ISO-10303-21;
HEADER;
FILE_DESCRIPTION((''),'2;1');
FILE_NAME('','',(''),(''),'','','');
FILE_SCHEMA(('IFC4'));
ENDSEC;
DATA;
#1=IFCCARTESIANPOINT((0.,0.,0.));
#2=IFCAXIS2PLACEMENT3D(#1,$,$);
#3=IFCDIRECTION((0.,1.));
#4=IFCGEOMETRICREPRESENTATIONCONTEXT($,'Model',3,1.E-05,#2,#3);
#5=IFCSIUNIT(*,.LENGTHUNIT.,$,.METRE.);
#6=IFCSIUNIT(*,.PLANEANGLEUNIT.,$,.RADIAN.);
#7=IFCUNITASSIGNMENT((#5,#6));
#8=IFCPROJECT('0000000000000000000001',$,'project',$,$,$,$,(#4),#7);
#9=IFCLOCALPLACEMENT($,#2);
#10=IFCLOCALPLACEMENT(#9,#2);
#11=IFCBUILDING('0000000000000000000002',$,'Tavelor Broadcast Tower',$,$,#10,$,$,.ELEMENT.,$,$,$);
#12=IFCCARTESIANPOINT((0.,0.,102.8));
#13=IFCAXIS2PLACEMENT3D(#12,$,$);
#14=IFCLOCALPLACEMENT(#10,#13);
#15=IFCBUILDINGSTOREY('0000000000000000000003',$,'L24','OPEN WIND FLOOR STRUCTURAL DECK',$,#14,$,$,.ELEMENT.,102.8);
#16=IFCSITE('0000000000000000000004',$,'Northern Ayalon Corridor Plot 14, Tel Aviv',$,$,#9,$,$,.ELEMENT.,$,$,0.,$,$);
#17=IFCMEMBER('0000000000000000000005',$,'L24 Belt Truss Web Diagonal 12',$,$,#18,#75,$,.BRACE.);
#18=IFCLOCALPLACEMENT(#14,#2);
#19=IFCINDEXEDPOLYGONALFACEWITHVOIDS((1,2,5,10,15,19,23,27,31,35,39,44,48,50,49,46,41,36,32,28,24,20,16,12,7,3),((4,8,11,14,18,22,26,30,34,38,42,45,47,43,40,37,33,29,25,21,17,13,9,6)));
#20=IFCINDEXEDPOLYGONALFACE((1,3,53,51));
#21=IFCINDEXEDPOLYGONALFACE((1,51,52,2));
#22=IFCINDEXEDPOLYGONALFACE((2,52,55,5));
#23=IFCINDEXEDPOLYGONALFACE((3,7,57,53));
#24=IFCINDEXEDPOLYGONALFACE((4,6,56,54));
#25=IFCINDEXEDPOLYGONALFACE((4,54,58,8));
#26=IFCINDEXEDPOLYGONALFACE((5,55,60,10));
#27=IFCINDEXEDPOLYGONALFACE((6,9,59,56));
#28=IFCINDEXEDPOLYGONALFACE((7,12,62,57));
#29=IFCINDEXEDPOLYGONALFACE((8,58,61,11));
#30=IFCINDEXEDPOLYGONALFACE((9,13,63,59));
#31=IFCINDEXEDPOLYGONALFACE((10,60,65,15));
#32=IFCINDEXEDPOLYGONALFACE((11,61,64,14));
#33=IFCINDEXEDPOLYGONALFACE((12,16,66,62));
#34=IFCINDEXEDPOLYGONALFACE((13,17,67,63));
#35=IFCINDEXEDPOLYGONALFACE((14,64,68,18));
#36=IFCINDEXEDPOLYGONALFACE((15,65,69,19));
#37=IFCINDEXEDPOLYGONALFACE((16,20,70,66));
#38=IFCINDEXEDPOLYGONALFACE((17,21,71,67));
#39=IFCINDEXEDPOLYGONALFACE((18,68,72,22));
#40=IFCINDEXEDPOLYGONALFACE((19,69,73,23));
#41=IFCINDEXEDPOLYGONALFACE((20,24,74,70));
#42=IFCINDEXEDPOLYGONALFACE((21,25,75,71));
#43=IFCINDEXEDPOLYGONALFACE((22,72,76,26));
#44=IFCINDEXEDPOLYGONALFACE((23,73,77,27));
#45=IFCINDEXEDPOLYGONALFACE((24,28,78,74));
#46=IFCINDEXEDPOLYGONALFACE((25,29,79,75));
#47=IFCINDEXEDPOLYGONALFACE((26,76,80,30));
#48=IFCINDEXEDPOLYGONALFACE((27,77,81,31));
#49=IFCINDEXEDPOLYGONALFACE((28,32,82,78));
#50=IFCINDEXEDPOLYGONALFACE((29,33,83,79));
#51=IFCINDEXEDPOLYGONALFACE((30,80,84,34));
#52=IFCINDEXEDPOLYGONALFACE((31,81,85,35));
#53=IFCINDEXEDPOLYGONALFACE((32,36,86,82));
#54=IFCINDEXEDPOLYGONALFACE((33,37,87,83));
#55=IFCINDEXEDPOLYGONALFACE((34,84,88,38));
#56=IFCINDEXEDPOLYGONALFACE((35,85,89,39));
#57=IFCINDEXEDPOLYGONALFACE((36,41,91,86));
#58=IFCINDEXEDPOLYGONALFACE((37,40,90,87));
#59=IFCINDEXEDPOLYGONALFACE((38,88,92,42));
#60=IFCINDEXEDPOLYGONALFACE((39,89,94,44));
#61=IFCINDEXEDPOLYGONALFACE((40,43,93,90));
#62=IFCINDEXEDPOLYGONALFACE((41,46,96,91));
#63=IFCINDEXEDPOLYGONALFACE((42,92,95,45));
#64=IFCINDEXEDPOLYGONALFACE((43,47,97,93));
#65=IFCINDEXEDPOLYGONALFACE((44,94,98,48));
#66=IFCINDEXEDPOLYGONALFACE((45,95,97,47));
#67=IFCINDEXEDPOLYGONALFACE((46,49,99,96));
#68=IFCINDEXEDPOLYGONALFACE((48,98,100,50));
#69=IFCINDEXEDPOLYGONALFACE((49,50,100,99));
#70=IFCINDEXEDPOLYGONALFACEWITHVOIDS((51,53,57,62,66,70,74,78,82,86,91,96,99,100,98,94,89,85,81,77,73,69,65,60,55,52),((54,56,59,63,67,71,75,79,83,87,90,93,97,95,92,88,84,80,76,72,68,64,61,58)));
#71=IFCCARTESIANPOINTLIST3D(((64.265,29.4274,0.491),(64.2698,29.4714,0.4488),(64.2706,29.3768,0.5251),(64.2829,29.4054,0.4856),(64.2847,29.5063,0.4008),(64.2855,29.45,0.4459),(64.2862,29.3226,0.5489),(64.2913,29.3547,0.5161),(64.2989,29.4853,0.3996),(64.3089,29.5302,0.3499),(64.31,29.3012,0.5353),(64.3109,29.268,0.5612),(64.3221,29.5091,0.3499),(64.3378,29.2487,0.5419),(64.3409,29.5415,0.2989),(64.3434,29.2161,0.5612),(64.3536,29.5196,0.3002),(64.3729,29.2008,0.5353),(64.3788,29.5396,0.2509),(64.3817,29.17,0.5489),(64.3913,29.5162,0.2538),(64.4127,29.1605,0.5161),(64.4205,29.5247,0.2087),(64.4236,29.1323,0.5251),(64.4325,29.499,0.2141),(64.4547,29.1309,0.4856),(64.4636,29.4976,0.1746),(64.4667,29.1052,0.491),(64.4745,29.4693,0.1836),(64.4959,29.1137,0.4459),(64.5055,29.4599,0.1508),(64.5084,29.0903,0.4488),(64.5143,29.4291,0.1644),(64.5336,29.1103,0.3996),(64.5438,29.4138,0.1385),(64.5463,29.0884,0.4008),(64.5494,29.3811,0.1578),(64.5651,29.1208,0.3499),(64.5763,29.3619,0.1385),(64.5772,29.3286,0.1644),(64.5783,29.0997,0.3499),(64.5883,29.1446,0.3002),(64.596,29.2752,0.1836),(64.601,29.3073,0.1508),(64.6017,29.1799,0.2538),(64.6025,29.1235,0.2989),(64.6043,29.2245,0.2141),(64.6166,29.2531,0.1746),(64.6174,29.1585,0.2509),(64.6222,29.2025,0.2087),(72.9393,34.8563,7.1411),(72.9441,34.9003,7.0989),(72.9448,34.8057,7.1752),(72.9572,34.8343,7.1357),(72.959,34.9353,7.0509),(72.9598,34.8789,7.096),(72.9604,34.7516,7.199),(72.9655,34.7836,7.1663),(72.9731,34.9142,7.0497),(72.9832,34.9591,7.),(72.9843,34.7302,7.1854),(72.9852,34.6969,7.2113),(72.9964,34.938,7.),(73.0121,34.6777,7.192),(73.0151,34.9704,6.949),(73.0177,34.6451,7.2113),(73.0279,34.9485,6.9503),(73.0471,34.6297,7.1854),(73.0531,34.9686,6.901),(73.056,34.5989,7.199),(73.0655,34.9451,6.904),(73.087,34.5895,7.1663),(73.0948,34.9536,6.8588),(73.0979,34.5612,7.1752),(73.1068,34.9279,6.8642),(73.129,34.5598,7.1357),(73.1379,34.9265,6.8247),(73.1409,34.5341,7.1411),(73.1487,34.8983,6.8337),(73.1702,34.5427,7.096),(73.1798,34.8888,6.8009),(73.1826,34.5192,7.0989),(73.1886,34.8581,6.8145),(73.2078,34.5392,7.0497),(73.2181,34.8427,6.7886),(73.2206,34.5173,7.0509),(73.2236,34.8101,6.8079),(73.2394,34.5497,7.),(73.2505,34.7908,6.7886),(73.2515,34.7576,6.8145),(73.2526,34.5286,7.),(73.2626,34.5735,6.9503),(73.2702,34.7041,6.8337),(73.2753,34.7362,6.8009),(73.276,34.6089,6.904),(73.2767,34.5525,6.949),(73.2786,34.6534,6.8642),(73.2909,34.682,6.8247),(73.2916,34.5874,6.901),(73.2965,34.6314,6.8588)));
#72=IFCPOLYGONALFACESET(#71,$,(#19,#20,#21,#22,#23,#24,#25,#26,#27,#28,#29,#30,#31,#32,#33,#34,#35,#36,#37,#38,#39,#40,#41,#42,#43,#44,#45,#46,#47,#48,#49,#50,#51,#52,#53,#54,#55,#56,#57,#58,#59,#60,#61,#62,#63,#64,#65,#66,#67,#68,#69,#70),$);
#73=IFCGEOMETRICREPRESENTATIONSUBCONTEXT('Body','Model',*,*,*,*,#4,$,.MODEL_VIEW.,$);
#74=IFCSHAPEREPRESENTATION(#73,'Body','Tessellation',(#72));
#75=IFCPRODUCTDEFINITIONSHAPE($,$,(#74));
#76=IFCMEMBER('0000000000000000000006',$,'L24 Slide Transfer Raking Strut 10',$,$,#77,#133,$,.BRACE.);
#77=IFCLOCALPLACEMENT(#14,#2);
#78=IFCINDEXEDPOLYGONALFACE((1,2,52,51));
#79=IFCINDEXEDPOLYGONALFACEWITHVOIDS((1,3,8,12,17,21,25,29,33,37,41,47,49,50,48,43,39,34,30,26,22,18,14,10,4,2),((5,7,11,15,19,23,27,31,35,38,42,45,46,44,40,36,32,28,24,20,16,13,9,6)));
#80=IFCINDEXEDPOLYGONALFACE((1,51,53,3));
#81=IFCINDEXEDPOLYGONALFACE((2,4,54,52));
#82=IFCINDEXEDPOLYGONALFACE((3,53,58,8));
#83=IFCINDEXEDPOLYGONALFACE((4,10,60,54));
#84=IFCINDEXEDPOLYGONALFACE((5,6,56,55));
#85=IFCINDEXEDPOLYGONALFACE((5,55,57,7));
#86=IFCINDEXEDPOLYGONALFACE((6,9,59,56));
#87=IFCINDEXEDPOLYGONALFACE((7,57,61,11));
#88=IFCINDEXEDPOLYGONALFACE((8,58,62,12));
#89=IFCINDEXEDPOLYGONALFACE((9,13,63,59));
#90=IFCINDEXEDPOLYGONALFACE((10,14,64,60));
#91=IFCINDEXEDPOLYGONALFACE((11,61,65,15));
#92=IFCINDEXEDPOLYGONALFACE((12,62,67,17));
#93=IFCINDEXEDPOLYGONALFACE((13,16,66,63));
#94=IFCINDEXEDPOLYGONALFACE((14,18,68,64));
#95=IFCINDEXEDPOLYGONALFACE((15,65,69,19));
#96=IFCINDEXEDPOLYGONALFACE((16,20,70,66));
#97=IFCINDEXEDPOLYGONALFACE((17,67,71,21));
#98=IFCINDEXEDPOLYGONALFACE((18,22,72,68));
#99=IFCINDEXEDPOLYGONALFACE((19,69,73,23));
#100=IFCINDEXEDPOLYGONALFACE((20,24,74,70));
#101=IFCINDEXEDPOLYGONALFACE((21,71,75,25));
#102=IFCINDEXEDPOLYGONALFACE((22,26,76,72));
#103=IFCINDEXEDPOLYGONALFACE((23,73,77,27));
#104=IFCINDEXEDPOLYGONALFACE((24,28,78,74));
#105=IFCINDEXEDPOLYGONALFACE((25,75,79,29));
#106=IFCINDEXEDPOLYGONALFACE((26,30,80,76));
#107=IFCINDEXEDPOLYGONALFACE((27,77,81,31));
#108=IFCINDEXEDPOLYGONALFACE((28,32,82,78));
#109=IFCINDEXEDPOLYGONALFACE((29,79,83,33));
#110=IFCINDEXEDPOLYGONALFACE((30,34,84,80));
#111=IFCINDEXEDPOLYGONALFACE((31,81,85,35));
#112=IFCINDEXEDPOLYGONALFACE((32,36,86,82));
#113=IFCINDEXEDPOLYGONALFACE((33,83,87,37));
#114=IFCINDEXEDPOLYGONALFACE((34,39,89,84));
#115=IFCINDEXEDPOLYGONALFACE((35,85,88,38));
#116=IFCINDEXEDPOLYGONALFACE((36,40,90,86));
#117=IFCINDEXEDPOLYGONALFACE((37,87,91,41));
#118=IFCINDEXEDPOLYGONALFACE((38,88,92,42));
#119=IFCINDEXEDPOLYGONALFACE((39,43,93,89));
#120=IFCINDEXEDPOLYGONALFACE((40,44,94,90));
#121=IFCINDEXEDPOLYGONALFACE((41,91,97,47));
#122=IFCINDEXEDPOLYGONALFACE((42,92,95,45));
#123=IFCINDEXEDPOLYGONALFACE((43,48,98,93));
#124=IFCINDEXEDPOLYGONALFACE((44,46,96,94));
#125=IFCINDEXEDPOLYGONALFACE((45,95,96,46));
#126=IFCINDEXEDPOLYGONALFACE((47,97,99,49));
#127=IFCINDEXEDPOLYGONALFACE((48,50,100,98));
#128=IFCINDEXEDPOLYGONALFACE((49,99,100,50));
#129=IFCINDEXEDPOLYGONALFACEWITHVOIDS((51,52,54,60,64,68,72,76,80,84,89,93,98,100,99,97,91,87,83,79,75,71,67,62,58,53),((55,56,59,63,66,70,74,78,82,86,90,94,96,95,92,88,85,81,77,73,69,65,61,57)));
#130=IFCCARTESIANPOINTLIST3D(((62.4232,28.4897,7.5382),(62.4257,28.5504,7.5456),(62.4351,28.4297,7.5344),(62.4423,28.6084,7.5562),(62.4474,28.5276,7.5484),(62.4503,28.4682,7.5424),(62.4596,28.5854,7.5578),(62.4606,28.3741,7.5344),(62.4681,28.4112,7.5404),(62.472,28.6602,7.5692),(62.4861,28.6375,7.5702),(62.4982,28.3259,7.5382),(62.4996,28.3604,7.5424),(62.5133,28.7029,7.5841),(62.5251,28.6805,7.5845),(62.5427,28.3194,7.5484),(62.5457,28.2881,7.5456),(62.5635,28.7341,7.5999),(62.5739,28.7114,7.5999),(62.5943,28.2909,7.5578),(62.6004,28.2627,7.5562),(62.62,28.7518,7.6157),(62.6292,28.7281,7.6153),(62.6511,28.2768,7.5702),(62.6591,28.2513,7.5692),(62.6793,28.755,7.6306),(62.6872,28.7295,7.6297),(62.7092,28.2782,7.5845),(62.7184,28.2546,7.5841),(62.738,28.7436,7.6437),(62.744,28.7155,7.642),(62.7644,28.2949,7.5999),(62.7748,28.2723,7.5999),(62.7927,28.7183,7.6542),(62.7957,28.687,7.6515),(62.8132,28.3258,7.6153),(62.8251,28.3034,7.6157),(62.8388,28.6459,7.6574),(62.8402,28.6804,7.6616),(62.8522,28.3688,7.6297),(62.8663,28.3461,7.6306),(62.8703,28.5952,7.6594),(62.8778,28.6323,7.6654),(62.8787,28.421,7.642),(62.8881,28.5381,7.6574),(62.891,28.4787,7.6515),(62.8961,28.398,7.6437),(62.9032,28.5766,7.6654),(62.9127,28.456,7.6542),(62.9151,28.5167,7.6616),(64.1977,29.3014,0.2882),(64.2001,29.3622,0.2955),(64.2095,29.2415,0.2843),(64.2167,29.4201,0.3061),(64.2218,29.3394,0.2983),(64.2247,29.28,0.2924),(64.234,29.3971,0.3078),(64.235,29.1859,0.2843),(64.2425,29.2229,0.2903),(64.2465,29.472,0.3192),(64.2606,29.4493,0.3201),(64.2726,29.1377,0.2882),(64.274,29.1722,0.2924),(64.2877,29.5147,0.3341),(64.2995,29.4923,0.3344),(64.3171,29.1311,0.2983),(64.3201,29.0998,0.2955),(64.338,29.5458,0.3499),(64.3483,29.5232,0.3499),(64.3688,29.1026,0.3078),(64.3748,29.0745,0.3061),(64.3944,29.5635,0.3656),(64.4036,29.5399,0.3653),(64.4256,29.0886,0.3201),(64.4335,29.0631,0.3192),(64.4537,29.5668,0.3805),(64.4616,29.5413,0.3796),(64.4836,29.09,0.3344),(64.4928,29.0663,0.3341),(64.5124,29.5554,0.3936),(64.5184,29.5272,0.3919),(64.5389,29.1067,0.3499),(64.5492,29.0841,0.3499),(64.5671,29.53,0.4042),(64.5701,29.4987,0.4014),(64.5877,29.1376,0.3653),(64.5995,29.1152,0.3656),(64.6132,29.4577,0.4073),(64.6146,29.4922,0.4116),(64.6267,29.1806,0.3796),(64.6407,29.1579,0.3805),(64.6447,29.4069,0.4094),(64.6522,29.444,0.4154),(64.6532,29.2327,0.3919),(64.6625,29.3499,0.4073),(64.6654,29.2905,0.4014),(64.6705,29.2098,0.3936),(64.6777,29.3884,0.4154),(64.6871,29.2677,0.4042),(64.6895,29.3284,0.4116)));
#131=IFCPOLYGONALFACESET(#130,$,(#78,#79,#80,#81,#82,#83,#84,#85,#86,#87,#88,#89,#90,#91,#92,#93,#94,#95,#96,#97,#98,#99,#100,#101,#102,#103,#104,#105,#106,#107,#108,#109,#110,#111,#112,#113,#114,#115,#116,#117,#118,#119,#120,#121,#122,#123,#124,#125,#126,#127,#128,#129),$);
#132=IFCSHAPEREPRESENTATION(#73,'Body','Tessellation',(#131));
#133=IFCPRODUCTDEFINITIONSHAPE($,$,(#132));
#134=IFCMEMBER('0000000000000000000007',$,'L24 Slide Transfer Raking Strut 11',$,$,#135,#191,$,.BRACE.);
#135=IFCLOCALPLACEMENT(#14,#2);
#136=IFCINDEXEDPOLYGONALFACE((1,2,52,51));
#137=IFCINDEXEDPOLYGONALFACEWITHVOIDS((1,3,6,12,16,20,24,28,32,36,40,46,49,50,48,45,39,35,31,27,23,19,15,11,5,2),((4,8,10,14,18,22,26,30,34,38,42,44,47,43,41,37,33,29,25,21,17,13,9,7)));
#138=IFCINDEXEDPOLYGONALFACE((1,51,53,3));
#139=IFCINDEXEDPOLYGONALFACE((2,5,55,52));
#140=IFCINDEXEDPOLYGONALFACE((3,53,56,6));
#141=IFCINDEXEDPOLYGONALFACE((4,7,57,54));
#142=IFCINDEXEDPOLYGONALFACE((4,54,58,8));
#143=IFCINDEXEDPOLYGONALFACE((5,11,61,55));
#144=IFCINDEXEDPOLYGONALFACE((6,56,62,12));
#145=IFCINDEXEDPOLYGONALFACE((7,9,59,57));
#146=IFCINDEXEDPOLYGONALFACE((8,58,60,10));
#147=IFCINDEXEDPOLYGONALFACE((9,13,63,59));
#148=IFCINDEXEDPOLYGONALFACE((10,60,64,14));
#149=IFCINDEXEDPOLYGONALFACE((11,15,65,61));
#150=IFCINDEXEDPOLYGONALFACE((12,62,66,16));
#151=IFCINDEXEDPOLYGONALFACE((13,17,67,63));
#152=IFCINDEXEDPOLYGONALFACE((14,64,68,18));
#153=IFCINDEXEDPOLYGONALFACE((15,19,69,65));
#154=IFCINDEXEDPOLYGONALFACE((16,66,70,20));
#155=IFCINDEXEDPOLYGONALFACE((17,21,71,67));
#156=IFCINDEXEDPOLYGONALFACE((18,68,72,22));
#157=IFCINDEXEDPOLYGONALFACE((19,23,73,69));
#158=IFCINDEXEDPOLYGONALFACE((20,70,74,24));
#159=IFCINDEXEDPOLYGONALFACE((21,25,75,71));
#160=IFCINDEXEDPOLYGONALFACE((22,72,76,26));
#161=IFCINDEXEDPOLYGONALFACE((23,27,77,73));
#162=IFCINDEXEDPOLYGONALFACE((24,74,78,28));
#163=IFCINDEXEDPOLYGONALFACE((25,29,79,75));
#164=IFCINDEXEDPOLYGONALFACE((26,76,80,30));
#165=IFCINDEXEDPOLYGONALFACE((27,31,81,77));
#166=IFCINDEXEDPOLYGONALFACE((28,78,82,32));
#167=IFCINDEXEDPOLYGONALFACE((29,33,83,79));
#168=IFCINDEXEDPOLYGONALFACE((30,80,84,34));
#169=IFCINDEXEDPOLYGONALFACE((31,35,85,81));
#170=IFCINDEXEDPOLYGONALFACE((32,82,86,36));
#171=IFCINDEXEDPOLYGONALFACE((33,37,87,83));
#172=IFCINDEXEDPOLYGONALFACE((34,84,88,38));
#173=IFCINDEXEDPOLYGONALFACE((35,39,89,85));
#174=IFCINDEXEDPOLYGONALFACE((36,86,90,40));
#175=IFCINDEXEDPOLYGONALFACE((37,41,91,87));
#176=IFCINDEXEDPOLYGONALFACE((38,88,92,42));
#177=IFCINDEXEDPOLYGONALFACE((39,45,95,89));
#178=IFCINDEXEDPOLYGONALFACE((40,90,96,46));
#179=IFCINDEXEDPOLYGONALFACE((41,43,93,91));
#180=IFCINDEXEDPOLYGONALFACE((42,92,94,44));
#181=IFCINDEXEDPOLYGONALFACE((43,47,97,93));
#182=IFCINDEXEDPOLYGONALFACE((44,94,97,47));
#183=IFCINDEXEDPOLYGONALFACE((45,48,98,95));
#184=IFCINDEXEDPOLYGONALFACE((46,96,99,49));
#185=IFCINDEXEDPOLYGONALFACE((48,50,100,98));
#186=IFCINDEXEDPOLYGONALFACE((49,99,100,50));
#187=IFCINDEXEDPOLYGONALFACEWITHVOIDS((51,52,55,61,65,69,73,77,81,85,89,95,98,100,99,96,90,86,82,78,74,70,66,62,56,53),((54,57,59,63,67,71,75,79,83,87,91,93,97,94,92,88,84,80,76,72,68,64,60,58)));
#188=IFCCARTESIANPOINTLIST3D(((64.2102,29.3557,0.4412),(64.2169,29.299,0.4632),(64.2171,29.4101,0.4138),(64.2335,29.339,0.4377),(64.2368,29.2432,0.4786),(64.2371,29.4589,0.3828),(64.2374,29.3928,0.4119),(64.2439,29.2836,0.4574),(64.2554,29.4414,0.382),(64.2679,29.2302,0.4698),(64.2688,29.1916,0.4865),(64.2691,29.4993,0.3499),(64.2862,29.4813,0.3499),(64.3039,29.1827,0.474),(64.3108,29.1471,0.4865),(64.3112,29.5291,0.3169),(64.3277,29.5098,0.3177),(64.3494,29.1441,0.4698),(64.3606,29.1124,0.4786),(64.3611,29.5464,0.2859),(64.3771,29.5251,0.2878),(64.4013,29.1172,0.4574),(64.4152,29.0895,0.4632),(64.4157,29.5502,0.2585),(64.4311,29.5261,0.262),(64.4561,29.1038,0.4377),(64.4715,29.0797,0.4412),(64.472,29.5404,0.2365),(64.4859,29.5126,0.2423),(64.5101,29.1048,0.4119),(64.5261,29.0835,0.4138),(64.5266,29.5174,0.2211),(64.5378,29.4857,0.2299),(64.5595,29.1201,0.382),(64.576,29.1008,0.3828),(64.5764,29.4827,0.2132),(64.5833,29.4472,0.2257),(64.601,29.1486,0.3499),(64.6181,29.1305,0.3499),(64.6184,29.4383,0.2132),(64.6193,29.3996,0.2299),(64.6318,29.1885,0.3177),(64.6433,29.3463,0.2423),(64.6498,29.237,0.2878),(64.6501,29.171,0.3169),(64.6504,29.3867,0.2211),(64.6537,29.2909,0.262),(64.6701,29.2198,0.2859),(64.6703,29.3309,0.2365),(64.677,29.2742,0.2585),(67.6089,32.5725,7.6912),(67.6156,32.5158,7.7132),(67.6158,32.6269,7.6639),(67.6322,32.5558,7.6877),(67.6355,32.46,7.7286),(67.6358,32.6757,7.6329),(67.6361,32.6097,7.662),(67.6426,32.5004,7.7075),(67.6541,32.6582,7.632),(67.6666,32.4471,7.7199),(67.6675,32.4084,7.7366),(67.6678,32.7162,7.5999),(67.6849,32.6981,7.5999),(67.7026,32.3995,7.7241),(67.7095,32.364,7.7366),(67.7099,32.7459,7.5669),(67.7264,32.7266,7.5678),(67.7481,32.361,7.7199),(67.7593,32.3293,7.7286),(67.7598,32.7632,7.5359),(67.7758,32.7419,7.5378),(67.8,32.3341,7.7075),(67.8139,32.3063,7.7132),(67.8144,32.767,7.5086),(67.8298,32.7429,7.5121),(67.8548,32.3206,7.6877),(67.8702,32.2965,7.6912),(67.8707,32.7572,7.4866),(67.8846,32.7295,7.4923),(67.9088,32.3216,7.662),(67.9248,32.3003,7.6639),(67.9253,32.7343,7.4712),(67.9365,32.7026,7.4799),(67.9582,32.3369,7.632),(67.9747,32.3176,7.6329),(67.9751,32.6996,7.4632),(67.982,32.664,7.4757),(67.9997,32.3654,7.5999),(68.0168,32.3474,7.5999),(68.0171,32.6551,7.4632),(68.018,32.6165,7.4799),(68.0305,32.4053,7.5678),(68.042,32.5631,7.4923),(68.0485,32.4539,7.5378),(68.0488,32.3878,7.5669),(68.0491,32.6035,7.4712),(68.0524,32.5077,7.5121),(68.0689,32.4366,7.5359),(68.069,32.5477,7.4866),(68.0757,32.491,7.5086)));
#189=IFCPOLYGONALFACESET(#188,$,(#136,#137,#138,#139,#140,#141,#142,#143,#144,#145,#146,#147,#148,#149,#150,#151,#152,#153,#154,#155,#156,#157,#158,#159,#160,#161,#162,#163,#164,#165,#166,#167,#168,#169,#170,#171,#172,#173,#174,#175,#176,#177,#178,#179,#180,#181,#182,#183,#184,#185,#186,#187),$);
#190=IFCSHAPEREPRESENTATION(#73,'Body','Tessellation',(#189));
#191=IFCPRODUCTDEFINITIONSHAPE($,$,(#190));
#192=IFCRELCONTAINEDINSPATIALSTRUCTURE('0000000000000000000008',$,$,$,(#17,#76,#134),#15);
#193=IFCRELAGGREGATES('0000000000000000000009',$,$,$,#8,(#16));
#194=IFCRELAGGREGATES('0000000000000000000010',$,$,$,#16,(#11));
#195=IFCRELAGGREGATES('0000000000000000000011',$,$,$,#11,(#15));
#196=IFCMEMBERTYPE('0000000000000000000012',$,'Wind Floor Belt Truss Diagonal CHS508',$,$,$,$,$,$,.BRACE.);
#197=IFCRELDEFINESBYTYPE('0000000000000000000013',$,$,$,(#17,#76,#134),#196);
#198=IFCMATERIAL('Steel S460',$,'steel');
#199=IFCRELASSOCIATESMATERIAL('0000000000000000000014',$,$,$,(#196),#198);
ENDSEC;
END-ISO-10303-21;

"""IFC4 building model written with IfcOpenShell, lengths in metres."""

from ifc_helpers import new_model, si_unit, direction, frame, origin, origin_2d, place, context, subcontext, project, spatial, hollow_circle, extrude, material, material_profile, profile_set, type_object, element, save


model = new_model("IFC4")

# Units and contexts
model_context = context("Model", 3, precision=1e-05, world=origin(), true_north=direction((0.0, 1.0)))
body_context = subcontext(model_context, "Body", "Model", "MODEL_VIEW")
ifc_project = project(units=[si_unit("LENGTHUNIT", "METRE"), si_unit("PLANEANGLEUNIT", "RADIAN")], contexts=[model_context])

# Site, building, storey
site_placement = place(None, origin())
site = spatial("IfcSite", under=ifc_project, at=site_placement, Name="Northern Ayalon Corridor Plot 14, Tel Aviv", CompositionType="ELEMENT", RefElevation=0.0)
building_placement = place(site_placement, origin())
building = spatial("IfcBuilding", under=site, at=building_placement, Name="Tavelor Broadcast Tower", CompositionType="ELEMENT")
storey_placement = place(building_placement, frame((0.0, 0.0, 102.8)))
storey = spatial("IfcBuildingStorey", under=building, at=storey_placement, Name="L24", Description="OPEN WIND FLOOR STRUCTURAL DECK", CompositionType="ELEMENT", Elevation=102.8)

# Shared definitions
ifc_material_1 = material(Name="Steel S460", Category="steel")

# Members
ifc_material_profile_1 = material_profile(ifc_material_1, hollow_circle(Radius=0.2539, WallThickness=0.0249, at=origin_2d()), Name="CHS 508x25")
ifc_profile_set_1 = profile_set([ifc_material_profile_1], Name="Steel S460")
member_type_1 = type_object("IfcMemberType", Name="Wind Floor Belt Truss Diagonal CHS508", PredefinedType="BRACE", material=ifc_profile_set_1)
member_1_placement = place(storey_placement, frame((64.4436, 29.3149, 0.3499), z_axis=(0.710767, 0.444844, 0.544908), x_axis=(-0.530526, 0.847668, 0.0)))
element("IfcMember", 1, at=member_1_placement, inside=storey, type_object=member_type_1, Name="L24 Belt Truss Web Diagonal 12", PredefinedType="BRACE", context=body_context, shape_type="SweptSolid", body=[
    extrude(hollow_circle(Radius=0.2539, WallThickness=0.0249, at=origin_2d()), origin(), (0.0, 0.0, 1.0), 12.2041),
])
member_2_placement = place(storey_placement, frame((64.4436, 29.3149, 0.3499), z_axis=(-0.236337, -0.10812, 0.965637), x_axis=(0.416017, -0.909357, 0.0)))
element("IfcMember", 2, at=member_2_placement, inside=storey, type_object=member_type_1, Name="L24 Slide Transfer Raking Strut 10", PredefinedType="BRACE", context=body_context, shape_type="SweptSolid", body=[
    extrude(hollow_circle(Radius=0.2539, WallThickness=0.0249, at=origin_2d()), origin(), (0.0, 0.0, 1.0), 7.5081),
])
member_3_placement = place(storey_placement, frame((64.4436, 29.3149, 0.3499), z_axis=(0.393863, 0.372785, 0.840181), x_axis=(-0.687406, 0.726273, 0.0)))
element("IfcMember", 3, at=member_3_placement, inside=storey, type_object=member_type_1, Name="L24 Slide Transfer Raking Strut 11", PredefinedType="BRACE", context=body_context, shape_type="SweptSolid", body=[
    extrude(hollow_circle(Radius=0.2539, WallThickness=0.0249, at=origin_2d()), origin(), (0.0, 0.0, 1.0), 8.6292),
])

save(model, "model.ifc")
